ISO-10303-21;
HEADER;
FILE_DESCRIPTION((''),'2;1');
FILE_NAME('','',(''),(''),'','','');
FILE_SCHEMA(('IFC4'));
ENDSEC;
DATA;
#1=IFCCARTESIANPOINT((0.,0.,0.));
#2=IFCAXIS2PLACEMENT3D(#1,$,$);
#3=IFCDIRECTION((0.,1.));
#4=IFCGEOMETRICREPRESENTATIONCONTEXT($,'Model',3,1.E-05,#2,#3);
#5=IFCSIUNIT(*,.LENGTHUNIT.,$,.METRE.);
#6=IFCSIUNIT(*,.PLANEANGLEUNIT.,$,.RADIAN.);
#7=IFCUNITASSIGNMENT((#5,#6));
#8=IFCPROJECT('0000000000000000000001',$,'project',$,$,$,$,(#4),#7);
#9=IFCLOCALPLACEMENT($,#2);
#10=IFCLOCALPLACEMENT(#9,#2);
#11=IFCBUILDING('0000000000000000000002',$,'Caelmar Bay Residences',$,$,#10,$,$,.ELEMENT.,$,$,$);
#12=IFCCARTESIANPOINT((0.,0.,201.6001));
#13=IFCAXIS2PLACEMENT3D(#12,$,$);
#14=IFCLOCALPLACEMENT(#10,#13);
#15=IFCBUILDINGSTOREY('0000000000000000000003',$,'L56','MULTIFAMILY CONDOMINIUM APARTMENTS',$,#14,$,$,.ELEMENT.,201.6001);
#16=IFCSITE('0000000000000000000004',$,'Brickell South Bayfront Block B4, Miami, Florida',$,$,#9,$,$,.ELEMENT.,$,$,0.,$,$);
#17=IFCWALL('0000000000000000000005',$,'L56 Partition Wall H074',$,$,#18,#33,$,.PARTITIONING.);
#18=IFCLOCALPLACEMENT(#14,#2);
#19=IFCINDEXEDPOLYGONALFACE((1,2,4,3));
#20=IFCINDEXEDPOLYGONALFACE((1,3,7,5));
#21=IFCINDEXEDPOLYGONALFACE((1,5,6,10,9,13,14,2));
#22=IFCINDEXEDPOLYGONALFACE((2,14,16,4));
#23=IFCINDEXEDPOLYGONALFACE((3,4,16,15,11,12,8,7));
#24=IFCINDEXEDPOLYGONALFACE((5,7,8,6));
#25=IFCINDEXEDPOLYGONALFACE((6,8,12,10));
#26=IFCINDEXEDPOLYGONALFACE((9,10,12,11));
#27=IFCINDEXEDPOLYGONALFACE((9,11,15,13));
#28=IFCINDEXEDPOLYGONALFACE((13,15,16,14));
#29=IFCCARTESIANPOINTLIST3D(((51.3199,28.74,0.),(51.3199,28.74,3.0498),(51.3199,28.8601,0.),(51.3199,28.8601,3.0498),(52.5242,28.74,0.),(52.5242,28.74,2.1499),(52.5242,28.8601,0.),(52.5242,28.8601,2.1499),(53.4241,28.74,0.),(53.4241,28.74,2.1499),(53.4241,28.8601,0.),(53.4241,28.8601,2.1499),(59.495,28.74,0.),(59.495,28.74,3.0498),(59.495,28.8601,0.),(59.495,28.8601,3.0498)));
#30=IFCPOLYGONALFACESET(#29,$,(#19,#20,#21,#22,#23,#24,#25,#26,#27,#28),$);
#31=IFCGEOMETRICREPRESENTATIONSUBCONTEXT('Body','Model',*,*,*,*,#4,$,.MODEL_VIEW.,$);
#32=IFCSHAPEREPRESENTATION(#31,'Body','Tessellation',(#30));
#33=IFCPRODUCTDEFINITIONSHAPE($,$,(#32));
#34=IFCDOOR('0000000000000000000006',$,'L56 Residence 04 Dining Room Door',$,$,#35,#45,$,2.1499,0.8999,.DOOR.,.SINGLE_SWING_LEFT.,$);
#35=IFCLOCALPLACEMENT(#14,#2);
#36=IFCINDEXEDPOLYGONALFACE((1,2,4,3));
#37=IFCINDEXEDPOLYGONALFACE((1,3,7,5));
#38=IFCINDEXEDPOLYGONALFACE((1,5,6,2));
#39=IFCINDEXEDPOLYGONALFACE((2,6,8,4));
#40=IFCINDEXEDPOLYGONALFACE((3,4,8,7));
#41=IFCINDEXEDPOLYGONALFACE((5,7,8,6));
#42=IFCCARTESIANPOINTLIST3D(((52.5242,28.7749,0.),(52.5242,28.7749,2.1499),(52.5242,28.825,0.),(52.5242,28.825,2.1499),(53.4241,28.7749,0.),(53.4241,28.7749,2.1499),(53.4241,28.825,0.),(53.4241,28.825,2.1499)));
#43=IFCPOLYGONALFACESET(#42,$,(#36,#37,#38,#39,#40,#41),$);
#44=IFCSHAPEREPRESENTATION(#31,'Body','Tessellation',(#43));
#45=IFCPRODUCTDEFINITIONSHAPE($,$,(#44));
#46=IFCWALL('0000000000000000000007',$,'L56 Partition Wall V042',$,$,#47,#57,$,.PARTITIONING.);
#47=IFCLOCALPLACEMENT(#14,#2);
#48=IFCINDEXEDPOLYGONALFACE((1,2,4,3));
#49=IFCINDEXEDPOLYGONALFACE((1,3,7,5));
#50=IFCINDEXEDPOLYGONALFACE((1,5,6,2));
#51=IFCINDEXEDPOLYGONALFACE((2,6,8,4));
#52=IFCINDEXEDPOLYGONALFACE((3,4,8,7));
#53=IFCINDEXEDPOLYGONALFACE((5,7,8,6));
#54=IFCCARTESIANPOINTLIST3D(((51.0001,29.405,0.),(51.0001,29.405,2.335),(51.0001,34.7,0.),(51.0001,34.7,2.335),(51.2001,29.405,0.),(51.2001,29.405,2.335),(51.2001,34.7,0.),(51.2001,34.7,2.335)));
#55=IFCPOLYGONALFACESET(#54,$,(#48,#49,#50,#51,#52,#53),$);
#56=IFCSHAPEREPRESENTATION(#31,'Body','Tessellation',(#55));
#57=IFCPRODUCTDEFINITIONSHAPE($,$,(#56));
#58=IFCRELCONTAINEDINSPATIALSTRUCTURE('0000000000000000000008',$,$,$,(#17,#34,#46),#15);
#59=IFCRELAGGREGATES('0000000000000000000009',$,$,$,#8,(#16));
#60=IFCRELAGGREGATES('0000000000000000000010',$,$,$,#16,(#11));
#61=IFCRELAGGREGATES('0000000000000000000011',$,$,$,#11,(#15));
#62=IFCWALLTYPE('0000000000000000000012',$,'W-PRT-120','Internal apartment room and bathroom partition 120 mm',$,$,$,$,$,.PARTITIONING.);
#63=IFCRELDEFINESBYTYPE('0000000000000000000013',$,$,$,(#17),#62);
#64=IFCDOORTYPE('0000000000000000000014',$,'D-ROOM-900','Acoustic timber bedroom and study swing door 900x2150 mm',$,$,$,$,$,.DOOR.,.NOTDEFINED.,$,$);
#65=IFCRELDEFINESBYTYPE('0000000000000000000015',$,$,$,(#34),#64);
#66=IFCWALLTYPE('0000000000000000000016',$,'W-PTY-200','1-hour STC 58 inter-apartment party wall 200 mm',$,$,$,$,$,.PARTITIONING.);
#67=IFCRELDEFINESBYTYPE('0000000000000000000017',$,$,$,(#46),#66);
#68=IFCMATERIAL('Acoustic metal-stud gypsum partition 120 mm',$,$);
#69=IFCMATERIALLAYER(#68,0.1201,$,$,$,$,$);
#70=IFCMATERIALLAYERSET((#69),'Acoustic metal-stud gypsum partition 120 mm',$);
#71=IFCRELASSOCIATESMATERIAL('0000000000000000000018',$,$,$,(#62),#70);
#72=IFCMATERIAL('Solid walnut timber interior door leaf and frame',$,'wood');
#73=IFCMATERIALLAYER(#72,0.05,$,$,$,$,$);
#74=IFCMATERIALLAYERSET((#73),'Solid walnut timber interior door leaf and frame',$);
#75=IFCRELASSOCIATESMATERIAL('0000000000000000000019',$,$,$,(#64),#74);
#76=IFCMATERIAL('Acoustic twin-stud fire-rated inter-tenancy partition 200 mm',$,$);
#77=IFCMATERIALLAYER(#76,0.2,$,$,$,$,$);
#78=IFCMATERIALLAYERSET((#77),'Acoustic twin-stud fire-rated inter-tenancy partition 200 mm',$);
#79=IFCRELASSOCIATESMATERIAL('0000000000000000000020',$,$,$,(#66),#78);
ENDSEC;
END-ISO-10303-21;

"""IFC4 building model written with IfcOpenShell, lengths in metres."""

from ifc_helpers import new_model, si_unit, direction, frame, frame_2d, origin, place, context, subcontext, project, spatial, rectangle, extrude, material, layer, layer_set, type_object, element, fill, save


model = new_model("IFC4")

# Units and contexts
model_context = context("Model", 3, precision=1e-05, world=origin(), true_north=direction((0.0, 1.0)))
body_context = subcontext(model_context, "Body", "Model", "MODEL_VIEW")
ifc_project = project(units=[si_unit("LENGTHUNIT", "METRE"), si_unit("PLANEANGLEUNIT", "RADIAN")], contexts=[model_context])

# Site, building, storey
site_placement = place(None, origin())
site = spatial("IfcSite", under=ifc_project, at=site_placement, Name="Brickell South Bayfront Block B4, Miami, Florida", CompositionType="ELEMENT", RefElevation=0.0)
building_placement = place(site_placement, origin())
building = spatial("IfcBuilding", under=site, at=building_placement, Name="Caelmar Bay Residences", CompositionType="ELEMENT")
storey_placement = place(building_placement, frame((0.0, 0.0, 201.6001)))
storey = spatial("IfcBuildingStorey", under=building, at=storey_placement, Name="L56", Description="MULTIFAMILY CONDOMINIUM APARTMENTS", CompositionType="ELEMENT", Elevation=201.6001)

# Wall, opening, door
ifc_material_1 = material(Name="Acoustic metal-stud gypsum partition 120 mm")
ifc_layer_1 = layer(ifc_material_1, 0.1201)
ifc_layer_set_1 = layer_set([ifc_layer_1], Name="Acoustic metal-stud gypsum partition 120 mm")
wall_type_1 = type_object("IfcWallType", Name="W-PRT-120", Description="Internal apartment room and bathroom partition 120 mm", PredefinedType="PARTITIONING", material=ifc_layer_set_1)
ifc_material_2 = material(Name="Solid walnut timber interior door leaf and frame", Category="wood")
ifc_layer_2 = layer(ifc_material_2, 0.05)
ifc_layer_set_2 = layer_set([ifc_layer_2], Name="Solid walnut timber interior door leaf and frame")
door_type_1 = type_object("IfcDoorType", Name="D-ROOM-900", Description="Acoustic timber bedroom and study swing door 900x2150 mm", OperationType="NOTDEFINED", PredefinedType="DOOR", material=ifc_layer_set_2)
wall_1_placement = place(storey_placement, frame((51.3201, 28.8, 0.0), z_axis=(0.0, 0.0, 1.0), x_axis=(1.0, 0.0, 0.0)))
wall_1 = element("IfcWall", 1, at=wall_1_placement, inside=storey, type_object=wall_type_1, Name="L56 Partition Wall H074", PredefinedType="PARTITIONING", context=body_context, shape_type="SweptSolid", body=[
    extrude(rectangle(XDim=8.175, YDim=0.1201, at=frame_2d((4.0874, 0.0))), origin(), (0.0, 0.0, 1.0), 3.0498),
])
opening_1_placement = place(wall_1_placement, frame((1.2041, 0.0, 0.0)))
opening_1 = element("IfcOpeningElement", 2, at=opening_1_placement, cuts=wall_1, PredefinedType="OPENING", context=body_context, shape_type="SweptSolid", body=[
    extrude(rectangle(XDim=0.8999, YDim=2.1499, at=frame_2d((0.45, 1.075))), frame((0.0, 0.0701, 0.0), z_axis=(0.0, -1.0, 0.0), x_axis=(1.0, 0.0, 0.0)), (0.0, 0.0, 1.0), 0.1401),
])
door_1_placement = place(opening_1_placement, origin())
door_1 = element("IfcDoor", 3, at=door_1_placement, inside=storey, type_object=door_type_1, Name="L56 Residence 04 Dining Room Door", OperationType="SINGLE_SWING_LEFT", OverallHeight=2.1499, OverallWidth=0.8999, PredefinedType="DOOR", context=body_context, shape_type="SweptSolid", body=[
    extrude(rectangle(XDim=0.8999, YDim=2.1499, at=frame_2d((0.45, 1.075))), frame((0.0, 0.0249, 0.0), z_axis=(0.0, -1.0, 0.0), x_axis=(1.0, 0.0, 0.0)), (0.0, 0.0, 1.0), 0.05),
])
fill(opening_1, door_1)

# Wall
ifc_material_3 = material(Name="Acoustic twin-stud fire-rated inter-tenancy partition 200 mm")
ifc_layer_3 = layer(ifc_material_3, 0.2)
ifc_layer_set_3 = layer_set([ifc_layer_3], Name="Acoustic twin-stud fire-rated inter-tenancy partition 200 mm")
wall_type_2 = type_object("IfcWallType", Name="W-PTY-200", Description="1-hour STC 58 inter-apartment party wall 200 mm", PredefinedType="PARTITIONING", material=ifc_layer_set_3)
wall_2_placement = place(storey_placement, frame((51.1001, 29.405, 0.0), z_axis=(0.0, 0.0, 1.0), x_axis=(0.0, 1.0, 0.0)))
element("IfcWall", 4, at=wall_2_placement, inside=storey, type_object=wall_type_2, Name="L56 Partition Wall V042", PredefinedType="PARTITIONING", context=body_context, shape_type="SweptSolid", body=[
    extrude(rectangle(XDim=5.2949, YDim=0.2, at=frame_2d((2.6475, 0.0))), origin(), (0.0, 0.0, 1.0), 2.335),
])

save(model, "model.ifc")
